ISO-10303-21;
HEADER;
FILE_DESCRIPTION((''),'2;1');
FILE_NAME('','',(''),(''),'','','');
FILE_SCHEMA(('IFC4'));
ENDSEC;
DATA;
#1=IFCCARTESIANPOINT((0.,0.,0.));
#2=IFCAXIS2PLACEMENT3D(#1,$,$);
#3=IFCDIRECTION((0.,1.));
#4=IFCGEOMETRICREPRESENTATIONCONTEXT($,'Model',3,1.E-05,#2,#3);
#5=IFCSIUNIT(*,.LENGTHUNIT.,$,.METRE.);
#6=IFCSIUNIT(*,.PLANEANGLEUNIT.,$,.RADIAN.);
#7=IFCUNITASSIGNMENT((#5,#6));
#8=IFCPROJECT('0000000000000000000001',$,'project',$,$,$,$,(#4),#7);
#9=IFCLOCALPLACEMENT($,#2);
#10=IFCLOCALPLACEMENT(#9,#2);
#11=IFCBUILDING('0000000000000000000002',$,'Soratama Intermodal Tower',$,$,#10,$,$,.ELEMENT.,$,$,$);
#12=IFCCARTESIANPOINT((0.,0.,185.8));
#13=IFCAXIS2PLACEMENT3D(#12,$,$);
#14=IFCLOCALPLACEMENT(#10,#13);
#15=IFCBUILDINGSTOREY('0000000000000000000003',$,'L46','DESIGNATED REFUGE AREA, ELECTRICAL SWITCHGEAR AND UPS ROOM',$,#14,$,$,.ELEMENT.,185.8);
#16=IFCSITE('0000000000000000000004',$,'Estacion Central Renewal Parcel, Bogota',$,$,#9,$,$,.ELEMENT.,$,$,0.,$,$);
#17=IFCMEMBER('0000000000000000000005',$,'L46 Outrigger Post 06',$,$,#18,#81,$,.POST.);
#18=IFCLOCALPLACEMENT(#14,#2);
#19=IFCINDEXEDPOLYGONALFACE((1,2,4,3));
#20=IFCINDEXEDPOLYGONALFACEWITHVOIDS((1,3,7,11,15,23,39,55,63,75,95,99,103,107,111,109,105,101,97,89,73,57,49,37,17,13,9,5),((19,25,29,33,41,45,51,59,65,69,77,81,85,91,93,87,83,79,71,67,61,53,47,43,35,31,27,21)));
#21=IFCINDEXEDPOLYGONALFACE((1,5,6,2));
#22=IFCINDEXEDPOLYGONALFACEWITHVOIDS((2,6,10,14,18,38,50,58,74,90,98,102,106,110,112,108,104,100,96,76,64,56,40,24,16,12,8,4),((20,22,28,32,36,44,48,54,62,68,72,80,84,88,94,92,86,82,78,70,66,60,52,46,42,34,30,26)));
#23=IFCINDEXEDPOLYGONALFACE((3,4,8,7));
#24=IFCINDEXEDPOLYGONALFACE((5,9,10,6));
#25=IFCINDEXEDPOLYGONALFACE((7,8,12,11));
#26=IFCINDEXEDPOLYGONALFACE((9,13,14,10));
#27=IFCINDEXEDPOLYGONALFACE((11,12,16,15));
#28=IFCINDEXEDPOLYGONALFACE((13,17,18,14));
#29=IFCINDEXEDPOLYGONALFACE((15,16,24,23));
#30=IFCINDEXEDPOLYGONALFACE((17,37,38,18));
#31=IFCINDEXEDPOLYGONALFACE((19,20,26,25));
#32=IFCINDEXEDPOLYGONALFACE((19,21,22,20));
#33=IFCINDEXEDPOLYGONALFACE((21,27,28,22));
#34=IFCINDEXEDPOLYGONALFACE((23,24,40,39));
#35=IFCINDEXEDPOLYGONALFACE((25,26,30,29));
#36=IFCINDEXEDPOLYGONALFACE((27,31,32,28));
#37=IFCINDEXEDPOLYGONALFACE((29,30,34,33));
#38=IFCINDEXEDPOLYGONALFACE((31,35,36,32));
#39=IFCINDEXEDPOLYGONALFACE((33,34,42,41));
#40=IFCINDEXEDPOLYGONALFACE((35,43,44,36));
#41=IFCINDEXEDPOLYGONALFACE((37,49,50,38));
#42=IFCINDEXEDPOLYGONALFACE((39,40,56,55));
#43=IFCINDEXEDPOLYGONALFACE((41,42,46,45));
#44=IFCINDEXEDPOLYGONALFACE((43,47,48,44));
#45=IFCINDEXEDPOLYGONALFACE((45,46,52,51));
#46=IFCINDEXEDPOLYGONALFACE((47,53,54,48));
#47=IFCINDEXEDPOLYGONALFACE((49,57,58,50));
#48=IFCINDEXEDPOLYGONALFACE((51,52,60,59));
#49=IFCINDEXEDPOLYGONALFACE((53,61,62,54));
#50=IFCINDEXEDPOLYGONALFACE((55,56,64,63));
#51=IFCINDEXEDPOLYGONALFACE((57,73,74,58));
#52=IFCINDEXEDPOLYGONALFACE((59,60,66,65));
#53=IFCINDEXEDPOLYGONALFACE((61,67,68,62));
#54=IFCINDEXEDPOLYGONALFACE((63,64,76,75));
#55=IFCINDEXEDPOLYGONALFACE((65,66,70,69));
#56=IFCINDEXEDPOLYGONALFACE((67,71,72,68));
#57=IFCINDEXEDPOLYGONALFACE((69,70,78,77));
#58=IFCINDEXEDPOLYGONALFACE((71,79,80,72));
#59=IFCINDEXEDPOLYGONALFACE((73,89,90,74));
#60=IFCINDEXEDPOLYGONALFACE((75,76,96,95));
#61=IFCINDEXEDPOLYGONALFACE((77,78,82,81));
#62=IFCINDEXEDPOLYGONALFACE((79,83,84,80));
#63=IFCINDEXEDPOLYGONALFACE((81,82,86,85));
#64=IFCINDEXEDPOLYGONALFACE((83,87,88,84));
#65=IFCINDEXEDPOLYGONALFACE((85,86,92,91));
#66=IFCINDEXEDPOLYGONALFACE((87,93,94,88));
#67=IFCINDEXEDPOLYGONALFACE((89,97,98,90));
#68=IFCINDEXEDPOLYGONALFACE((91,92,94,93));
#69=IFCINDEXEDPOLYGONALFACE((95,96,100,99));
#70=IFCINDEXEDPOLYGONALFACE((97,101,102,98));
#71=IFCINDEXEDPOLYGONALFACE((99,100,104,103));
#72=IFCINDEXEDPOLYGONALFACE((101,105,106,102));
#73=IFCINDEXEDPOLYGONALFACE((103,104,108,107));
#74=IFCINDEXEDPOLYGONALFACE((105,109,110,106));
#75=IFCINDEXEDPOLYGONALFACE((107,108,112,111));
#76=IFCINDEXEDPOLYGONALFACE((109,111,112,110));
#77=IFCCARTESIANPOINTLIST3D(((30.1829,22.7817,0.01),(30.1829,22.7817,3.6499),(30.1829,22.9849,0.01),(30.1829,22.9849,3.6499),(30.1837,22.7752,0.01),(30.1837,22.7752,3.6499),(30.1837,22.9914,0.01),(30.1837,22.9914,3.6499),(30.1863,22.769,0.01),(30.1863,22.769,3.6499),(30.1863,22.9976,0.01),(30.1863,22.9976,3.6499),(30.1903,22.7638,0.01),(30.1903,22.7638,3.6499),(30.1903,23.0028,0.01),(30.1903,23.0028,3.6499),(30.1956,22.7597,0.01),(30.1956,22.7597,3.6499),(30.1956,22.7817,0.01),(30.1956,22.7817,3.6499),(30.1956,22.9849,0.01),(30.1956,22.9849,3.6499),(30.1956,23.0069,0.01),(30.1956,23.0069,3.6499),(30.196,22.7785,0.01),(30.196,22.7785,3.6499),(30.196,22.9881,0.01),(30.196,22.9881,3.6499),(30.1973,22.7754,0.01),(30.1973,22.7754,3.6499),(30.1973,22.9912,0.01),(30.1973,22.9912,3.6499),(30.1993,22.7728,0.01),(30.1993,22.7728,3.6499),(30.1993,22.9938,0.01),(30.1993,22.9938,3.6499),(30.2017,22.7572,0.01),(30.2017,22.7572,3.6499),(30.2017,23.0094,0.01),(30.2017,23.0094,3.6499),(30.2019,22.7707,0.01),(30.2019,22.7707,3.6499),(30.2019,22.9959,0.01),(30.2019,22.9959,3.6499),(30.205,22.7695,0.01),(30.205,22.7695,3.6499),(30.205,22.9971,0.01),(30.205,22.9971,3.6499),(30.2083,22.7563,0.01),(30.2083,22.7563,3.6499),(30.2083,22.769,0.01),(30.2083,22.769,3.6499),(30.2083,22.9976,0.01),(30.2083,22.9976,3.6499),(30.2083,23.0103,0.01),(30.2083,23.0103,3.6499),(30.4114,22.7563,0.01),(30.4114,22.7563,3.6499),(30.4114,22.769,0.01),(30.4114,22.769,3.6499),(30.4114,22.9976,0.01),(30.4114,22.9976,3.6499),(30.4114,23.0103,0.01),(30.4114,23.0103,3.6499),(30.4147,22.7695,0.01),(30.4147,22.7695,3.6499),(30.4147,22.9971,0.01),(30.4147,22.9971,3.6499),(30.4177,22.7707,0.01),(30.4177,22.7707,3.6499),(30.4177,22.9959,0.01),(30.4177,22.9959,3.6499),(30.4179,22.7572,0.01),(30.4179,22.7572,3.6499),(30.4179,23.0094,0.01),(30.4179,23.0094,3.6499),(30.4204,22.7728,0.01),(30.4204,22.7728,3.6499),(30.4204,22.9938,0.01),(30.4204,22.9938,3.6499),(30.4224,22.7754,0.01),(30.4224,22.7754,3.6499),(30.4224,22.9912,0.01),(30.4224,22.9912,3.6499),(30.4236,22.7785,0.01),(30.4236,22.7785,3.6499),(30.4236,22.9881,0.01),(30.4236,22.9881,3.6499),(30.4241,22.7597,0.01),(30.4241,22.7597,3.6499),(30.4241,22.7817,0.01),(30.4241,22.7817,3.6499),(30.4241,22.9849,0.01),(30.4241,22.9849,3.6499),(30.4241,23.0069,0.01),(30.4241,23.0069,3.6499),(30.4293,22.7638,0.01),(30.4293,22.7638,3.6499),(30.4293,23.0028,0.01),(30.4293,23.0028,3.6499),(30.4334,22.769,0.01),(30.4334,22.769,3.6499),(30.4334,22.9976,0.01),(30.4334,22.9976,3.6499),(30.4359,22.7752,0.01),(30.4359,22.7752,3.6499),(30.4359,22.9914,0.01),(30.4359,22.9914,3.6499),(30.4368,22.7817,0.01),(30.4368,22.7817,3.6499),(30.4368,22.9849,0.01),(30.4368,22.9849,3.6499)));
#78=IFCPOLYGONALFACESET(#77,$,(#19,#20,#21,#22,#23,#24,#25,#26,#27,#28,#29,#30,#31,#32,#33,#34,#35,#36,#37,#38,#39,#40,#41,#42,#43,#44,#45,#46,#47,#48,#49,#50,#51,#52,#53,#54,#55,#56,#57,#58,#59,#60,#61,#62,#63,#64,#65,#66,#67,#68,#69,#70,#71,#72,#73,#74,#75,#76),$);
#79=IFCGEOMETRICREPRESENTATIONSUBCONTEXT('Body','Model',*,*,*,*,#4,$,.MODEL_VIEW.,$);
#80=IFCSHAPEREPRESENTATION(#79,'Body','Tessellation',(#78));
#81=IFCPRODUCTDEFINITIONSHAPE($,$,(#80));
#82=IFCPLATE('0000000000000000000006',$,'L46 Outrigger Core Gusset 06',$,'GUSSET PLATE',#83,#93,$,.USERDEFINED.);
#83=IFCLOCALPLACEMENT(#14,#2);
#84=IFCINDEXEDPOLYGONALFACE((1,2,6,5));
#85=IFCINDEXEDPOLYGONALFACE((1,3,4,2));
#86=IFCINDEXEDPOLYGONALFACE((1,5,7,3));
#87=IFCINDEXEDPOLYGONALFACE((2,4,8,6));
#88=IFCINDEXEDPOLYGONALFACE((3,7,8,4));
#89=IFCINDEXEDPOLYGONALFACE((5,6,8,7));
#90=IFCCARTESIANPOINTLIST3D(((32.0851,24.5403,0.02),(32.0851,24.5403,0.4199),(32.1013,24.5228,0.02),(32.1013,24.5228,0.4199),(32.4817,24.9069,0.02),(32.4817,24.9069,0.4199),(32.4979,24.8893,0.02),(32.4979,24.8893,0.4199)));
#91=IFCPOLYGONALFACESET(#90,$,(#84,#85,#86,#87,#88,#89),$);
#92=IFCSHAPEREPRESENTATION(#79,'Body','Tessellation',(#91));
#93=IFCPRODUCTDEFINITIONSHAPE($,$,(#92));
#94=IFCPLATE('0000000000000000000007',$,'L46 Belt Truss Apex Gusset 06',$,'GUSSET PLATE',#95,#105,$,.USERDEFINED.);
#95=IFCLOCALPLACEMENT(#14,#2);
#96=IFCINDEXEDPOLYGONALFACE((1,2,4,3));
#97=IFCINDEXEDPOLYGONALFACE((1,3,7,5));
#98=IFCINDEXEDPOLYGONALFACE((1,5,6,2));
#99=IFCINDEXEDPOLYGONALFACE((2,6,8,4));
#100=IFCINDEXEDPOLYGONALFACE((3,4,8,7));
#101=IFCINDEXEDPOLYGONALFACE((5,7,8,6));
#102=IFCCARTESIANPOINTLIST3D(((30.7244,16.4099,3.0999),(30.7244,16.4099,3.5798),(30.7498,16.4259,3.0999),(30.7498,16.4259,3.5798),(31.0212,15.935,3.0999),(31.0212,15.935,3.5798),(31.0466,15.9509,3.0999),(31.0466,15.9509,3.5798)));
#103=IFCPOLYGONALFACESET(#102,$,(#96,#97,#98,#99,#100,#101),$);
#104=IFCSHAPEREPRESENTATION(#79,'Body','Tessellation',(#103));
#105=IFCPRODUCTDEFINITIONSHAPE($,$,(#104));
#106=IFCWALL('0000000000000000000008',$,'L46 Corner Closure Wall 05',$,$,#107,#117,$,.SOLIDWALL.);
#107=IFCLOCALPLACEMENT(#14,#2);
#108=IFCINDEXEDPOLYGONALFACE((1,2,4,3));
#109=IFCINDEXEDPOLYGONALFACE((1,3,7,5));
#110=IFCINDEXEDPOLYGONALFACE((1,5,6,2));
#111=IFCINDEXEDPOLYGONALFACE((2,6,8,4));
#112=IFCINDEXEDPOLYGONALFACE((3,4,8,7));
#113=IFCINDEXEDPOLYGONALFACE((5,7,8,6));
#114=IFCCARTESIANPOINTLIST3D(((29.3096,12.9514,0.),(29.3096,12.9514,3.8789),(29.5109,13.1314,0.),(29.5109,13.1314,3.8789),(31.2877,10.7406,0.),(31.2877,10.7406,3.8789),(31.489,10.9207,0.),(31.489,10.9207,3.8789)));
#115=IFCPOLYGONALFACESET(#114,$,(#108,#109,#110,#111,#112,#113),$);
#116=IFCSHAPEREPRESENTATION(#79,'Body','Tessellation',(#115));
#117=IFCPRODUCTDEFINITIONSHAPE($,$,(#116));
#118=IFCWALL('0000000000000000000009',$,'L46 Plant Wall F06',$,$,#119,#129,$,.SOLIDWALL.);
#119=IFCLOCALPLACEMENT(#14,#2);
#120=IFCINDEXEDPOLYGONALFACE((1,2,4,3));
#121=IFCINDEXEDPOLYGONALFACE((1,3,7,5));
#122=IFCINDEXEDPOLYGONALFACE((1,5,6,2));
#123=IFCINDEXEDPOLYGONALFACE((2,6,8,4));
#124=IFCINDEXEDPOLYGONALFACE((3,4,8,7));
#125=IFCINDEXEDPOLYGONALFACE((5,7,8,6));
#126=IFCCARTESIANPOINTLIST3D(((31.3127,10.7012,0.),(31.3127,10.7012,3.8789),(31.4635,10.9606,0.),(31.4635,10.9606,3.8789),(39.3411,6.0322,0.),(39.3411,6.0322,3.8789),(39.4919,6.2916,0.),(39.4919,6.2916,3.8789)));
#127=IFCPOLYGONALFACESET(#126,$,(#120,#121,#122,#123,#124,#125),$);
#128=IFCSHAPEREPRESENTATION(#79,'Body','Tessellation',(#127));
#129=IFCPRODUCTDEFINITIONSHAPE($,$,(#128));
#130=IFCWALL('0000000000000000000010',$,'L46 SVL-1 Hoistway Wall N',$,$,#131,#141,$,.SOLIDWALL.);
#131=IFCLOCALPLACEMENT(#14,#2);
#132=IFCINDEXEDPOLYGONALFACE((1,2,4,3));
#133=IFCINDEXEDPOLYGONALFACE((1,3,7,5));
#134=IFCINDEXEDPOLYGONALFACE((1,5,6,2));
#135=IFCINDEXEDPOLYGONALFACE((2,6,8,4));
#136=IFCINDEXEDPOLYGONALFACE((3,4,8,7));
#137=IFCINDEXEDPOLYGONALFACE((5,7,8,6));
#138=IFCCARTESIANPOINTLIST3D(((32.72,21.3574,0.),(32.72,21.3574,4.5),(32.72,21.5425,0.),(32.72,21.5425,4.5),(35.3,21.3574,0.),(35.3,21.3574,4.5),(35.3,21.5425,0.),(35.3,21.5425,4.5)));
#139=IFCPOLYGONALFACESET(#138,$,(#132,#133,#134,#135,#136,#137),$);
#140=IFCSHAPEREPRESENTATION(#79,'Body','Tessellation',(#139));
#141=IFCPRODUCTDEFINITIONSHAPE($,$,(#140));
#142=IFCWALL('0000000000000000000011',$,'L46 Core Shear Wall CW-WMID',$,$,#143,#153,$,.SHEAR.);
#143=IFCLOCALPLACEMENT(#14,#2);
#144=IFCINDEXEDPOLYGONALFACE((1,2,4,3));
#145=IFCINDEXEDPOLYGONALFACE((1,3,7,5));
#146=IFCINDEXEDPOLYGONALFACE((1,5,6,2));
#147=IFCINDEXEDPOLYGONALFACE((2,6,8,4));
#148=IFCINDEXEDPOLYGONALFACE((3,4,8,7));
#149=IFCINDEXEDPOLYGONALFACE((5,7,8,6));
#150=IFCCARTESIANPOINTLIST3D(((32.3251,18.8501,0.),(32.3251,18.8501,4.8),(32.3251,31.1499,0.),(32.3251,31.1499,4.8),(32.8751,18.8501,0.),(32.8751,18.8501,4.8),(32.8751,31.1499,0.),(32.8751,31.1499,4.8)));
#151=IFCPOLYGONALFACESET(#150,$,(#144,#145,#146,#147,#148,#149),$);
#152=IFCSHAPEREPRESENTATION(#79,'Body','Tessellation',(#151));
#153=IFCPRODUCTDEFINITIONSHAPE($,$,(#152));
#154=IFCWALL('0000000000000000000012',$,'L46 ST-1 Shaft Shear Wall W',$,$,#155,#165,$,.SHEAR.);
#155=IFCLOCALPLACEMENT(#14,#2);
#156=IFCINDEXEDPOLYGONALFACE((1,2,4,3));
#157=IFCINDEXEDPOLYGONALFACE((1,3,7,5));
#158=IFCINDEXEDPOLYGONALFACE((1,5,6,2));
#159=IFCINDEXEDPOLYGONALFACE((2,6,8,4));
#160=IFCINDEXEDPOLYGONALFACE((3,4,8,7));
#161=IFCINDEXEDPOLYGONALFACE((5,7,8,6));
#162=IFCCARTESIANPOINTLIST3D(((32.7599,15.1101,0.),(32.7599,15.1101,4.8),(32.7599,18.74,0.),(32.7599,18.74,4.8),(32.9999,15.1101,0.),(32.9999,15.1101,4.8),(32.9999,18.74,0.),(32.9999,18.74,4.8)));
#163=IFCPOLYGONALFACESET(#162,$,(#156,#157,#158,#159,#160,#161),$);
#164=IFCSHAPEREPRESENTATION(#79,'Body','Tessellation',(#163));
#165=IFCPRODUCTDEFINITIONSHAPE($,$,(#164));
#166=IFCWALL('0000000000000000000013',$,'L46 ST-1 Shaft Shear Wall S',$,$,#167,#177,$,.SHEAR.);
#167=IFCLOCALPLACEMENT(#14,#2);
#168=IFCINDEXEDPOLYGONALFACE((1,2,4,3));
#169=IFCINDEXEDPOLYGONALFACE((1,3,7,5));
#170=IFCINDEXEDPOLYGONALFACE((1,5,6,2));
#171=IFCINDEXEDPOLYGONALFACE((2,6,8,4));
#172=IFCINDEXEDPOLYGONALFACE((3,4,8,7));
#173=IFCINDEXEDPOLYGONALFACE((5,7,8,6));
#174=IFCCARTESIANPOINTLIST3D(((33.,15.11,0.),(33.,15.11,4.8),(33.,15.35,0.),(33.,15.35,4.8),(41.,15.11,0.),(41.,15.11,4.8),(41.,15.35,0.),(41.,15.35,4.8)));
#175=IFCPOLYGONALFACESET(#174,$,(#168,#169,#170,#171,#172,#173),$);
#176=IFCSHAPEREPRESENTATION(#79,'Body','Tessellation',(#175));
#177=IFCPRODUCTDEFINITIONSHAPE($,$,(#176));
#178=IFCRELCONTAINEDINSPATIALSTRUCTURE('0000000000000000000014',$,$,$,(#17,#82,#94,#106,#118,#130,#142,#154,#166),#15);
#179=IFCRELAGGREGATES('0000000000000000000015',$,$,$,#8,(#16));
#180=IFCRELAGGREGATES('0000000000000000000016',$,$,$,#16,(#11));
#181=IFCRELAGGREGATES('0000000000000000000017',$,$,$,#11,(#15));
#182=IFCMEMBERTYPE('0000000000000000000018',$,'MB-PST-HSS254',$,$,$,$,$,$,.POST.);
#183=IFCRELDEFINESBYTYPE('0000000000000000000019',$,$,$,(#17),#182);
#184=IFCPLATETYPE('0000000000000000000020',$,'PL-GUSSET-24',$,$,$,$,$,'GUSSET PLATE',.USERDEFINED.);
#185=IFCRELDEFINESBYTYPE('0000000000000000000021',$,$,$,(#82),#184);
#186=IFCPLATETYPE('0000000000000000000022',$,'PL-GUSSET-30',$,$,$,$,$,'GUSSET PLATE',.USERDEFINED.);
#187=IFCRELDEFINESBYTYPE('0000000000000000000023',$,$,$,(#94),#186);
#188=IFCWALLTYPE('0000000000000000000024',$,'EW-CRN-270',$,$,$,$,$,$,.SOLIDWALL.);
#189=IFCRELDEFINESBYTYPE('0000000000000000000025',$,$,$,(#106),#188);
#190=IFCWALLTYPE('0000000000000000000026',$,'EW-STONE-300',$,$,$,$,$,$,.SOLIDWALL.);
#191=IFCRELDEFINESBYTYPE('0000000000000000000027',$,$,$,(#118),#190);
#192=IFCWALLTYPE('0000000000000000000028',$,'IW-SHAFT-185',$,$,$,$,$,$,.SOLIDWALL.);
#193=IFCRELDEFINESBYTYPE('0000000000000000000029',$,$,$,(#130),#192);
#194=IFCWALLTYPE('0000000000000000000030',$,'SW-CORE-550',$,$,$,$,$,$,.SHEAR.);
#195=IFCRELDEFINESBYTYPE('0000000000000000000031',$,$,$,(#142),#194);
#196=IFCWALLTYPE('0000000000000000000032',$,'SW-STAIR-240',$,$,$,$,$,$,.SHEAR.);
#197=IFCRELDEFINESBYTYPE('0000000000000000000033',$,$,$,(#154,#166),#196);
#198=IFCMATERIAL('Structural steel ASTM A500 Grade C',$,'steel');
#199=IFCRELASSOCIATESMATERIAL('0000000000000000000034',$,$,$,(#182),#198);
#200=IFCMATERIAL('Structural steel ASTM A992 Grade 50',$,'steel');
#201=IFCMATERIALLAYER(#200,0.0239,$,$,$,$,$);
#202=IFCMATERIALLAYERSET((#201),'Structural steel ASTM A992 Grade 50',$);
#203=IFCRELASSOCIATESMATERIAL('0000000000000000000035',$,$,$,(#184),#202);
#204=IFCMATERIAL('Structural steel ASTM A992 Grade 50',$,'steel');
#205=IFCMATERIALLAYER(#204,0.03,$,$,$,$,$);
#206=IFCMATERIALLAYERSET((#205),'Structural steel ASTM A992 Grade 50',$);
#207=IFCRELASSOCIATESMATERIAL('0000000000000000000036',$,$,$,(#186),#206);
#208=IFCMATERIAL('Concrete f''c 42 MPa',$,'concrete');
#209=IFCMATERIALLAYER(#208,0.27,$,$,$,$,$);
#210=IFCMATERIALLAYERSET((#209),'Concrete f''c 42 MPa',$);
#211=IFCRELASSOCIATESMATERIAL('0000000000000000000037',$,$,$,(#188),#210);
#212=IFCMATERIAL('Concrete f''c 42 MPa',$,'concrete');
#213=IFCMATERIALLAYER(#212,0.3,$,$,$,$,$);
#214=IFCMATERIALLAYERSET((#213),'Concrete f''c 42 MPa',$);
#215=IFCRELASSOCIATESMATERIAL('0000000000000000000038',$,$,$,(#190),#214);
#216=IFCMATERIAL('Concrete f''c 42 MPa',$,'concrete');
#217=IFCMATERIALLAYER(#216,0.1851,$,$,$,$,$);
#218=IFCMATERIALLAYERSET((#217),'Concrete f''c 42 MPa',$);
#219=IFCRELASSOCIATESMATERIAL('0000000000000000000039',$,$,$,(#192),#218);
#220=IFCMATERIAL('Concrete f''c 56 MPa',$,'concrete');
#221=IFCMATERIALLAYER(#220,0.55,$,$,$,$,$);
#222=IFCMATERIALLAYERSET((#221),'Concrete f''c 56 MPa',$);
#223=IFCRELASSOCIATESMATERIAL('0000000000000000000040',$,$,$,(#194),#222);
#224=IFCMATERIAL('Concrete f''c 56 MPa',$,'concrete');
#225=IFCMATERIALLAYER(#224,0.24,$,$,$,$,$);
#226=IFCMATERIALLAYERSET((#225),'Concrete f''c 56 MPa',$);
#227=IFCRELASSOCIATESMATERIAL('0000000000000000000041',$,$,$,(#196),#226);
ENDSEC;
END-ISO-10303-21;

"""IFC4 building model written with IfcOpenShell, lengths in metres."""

from ifc_helpers import new_model, si_unit, direction, frame, frame_2d, origin, origin_2d, place, context, subcontext, project, spatial, rectangle, hollow_rectangle, extrude, material, layer, layer_set, material_profile, profile_set, type_object, element, save


model = new_model("IFC4")

# Units and contexts
model_context = context("Model", 3, precision=1e-05, world=origin(), true_north=direction((0.0, 1.0)))
body_context = subcontext(model_context, "Body", "Model", "MODEL_VIEW")
ifc_project = project(units=[si_unit("LENGTHUNIT", "METRE"), si_unit("PLANEANGLEUNIT", "RADIAN")], contexts=[model_context])

# Site, building, storey
site_placement = place(None, origin())
site = spatial("IfcSite", under=ifc_project, at=site_placement, Name="Estacion Central Renewal Parcel, Bogota", CompositionType="ELEMENT", RefElevation=0.0)
building_placement = place(site_placement, origin())
building = spatial("IfcBuilding", under=site, at=building_placement, Name="Soratama Intermodal Tower", CompositionType="ELEMENT")
storey_placement = place(building_placement, frame((0.0, 0.0, 185.8)))
storey = spatial("IfcBuildingStorey", under=building, at=storey_placement, Name="L46", Description="DESIGNATED REFUGE AREA, ELECTRICAL SWITCHGEAR AND UPS ROOM", CompositionType="ELEMENT", Elevation=185.8)

# Member
ifc_material_1 = material(Name="Structural steel ASTM A500 Grade C", Category="steel")
ifc_material_profile_1 = material_profile(ifc_material_1, hollow_rectangle(XDim=0.2539, YDim=0.2539, WallThickness=0.0127, InnerFilletRadius=0.0127, OuterFilletRadius=0.0254, at=origin_2d()), Name="HSS254X254X12.7")
ifc_profile_set_1 = profile_set([ifc_material_profile_1], Name="Structural steel ASTM A500 Grade C")
member_type = type_object("IfcMemberType", Name="MB-PST-HSS254", PredefinedType="POST", material=ifc_profile_set_1)
member_placement = place(storey_placement, frame((30.3098, 22.8833, 0.01), z_axis=(0.0, 0.0, 1.0), x_axis=(1.0, 0.0, 0.0)))
element("IfcMember", 1, at=member_placement, inside=storey, type_object=member_type, Name="L46 Outrigger Post 06", PredefinedType="POST", context=body_context, shape_type="SweptSolid", body=[
    extrude(hollow_rectangle(XDim=0.2539, YDim=0.2539, WallThickness=0.0127, InnerFilletRadius=0.0127, OuterFilletRadius=0.0254, at=origin_2d()), origin(), (0.0, 0.0, 1.0), 3.6399),
])

# Plates
ifc_material_2 = material(Name="Structural steel ASTM A992 Grade 50", Category="steel")
ifc_layer_1 = layer(ifc_material_2, 0.0239)
ifc_layer_set_1 = layer_set([ifc_layer_1], Name="Structural steel ASTM A992 Grade 50")
plate_type_1 = type_object("IfcPlateType", Name="PL-GUSSET-24", ElementType="GUSSET PLATE", PredefinedType="USERDEFINED", material=ifc_layer_set_1)
plate_1_placement = place(storey_placement, frame((32.2915, 24.7148, 0.02), z_axis=(0.0, 0.0, 1.0), x_axis=(-0.734323, -0.678801, 0.0)))
element("IfcPlate", 2, at=plate_1_placement, inside=storey, type_object=plate_type_1, Name="L46 Outrigger Core Gusset 06", ObjectType="GUSSET PLATE", PredefinedType="USERDEFINED", context=body_context, shape_type="SweptSolid", body=[
    extrude(rectangle(XDim=0.54, YDim=0.0239, at=origin_2d()), origin(), (0.0, 0.0, 1.0), 0.3999),
])
ifc_material_3 = material(Name="Structural steel ASTM A992 Grade 50", Category="steel")
ifc_layer_2 = layer(ifc_material_3, 0.03)
ifc_layer_set_2 = layer_set([ifc_layer_2], Name="Structural steel ASTM A992 Grade 50")
plate_type_2 = type_object("IfcPlateType", Name="PL-GUSSET-30", ElementType="GUSSET PLATE", PredefinedType="USERDEFINED", material=ifc_layer_set_2)
plate_2_placement = place(storey_placement, frame((30.8855, 16.1804, 3.0999), z_axis=(0.0, 0.0, 1.0), x_axis=(0.529919, -0.848048, 0.0)))
element("IfcPlate", 3, at=plate_2_placement, inside=storey, type_object=plate_type_2, Name="L46 Belt Truss Apex Gusset 06", ObjectType="GUSSET PLATE", PredefinedType="USERDEFINED", context=body_context, shape_type="SweptSolid", body=[
    extrude(rectangle(XDim=0.5601, YDim=0.03, at=origin_2d()), origin(), (0.0, 0.0, 1.0), 0.48),
])

# Walls
ifc_material_4 = material(Name="Concrete f'c 42 MPa", Category="concrete")
ifc_layer_3 = layer(ifc_material_4, 0.27)
ifc_layer_set_3 = layer_set([ifc_layer_3], Name="Concrete f'c 42 MPa")
wall_type_1 = type_object("IfcWallType", Name="EW-CRN-270", PredefinedType="SOLIDWALL", material=ifc_layer_set_3)
wall_1_placement = place(storey_placement, frame((29.4102, 13.0415, 0.0), z_axis=(0.0, 0.0, 1.0), x_axis=(0.666802, -0.745235, 0.0)))
element("IfcWall", 4, at=wall_1_placement, inside=storey, type_object=wall_type_1, Name="L46 Corner Closure Wall 05", PredefinedType="SOLIDWALL", context=body_context, shape_type="SweptSolid", body=[
    extrude(rectangle(XDim=2.9666, YDim=0.27, at=frame_2d((1.4834, 0.0))), origin(), (0.0, 0.0, 1.0), 3.8789),
])
ifc_material_5 = material(Name="Concrete f'c 42 MPa", Category="concrete")
ifc_layer_4 = layer(ifc_material_5, 0.3)
ifc_layer_set_4 = layer_set([ifc_layer_4], Name="Concrete f'c 42 MPa")
wall_type_2 = type_object("IfcWallType", Name="EW-STONE-300", PredefinedType="SOLIDWALL", material=ifc_layer_set_4)
wall_2_placement = place(storey_placement, frame((31.3882, 10.8308, 0.0), z_axis=(0.0, 0.0, 1.0), x_axis=(0.864446, -0.502726, 0.0)))
element("IfcWall", 5, at=wall_2_placement, inside=storey, type_object=wall_type_2, Name="L46 Plant Wall F06", PredefinedType="SOLIDWALL", context=body_context, shape_type="SweptSolid", body=[
    extrude(rectangle(XDim=9.2874, YDim=0.3, at=frame_2d((4.6436, 0.0))), origin(), (0.0, 0.0, 1.0), 3.8789),
])
ifc_material_6 = material(Name="Concrete f'c 42 MPa", Category="concrete")
ifc_layer_5 = layer(ifc_material_6, 0.1851)
ifc_layer_set_5 = layer_set([ifc_layer_5], Name="Concrete f'c 42 MPa")
wall_type_3 = type_object("IfcWallType", Name="IW-SHAFT-185", PredefinedType="SOLIDWALL", material=ifc_layer_set_5)
wall_3_placement = place(storey_placement, frame((32.72, 21.45, 0.0), z_axis=(0.0, 0.0, 1.0), x_axis=(1.0, 0.0, 0.0)))
element("IfcWall", 6, at=wall_3_placement, inside=storey, type_object=wall_type_3, Name="L46 SVL-1 Hoistway Wall N", PredefinedType="SOLIDWALL", context=body_context, shape_type="SweptSolid", body=[
    extrude(rectangle(XDim=2.5801, YDim=0.1851, at=frame_2d((1.29, 0.0))), origin(), (0.0, 0.0, 1.0), 4.5),
])
ifc_material_7 = material(Name="Concrete f'c 56 MPa", Category="concrete")
ifc_layer_6 = layer(ifc_material_7, 0.55)
ifc_layer_set_6 = layer_set([ifc_layer_6], Name="Concrete f'c 56 MPa")
wall_type_4 = type_object("IfcWallType", Name="SW-CORE-550", PredefinedType="SHEAR", material=ifc_layer_set_6)
wall_4_placement = place(storey_placement, frame((32.6001, 18.8501, 0.0), z_axis=(0.0, 0.0, 1.0), x_axis=(0.0, 1.0, 0.0)))
element("IfcWall", 7, at=wall_4_placement, inside=storey, type_object=wall_type_4, Name="L46 Core Shear Wall CW-WMID", PredefinedType="SHEAR", context=body_context, shape_type="SweptSolid", body=[
    extrude(rectangle(XDim=12.2998, YDim=0.55, at=frame_2d((6.1499, 0.0))), origin(), (0.0, 0.0, 1.0), 4.8),
])
ifc_material_8 = material(Name="Concrete f'c 56 MPa", Category="concrete")
ifc_layer_7 = layer(ifc_material_8, 0.24)
ifc_layer_set_7 = layer_set([ifc_layer_7], Name="Concrete f'c 56 MPa")
wall_type_5 = type_object("IfcWallType", Name="SW-STAIR-240", PredefinedType="SHEAR", material=ifc_layer_set_7)
wall_5_placement = place(storey_placement, frame((32.8799, 15.1101, 0.0), z_axis=(0.0, 0.0, 1.0), x_axis=(0.0, 1.0, 0.0)))
element("IfcWall", 8, at=wall_5_placement, inside=storey, type_object=wall_type_5, Name="L46 ST-1 Shaft Shear Wall W", PredefinedType="SHEAR", context=body_context, shape_type="SweptSolid", body=[
    extrude(rectangle(XDim=3.6299, YDim=0.24, at=frame_2d((1.8149, 0.0))), origin(), (0.0, 0.0, 1.0), 4.8),
])
for number, where, z_axis, x_axis, name in (
    (9, (33.0, 15.23, 0.0), (0.0, 0.0, 1.0), (1.0, 0.0, 0.0), "L46 ST-1 Shaft Shear Wall S"),
):
    element("IfcWall", number, at=place(storey_placement, frame(where, z_axis=z_axis, x_axis=x_axis)), inside=storey, type_object=wall_type_5, Name=name, PredefinedType="SHEAR", context=body_context, shape_type="SweptSolid", body=[
        extrude(rectangle(XDim=8.0, YDim=0.24, at=frame_2d((4.0, 0.0))), origin(), (0.0, 0.0, 1.0), 4.8),
    ])

save(model, "model.ifc")
